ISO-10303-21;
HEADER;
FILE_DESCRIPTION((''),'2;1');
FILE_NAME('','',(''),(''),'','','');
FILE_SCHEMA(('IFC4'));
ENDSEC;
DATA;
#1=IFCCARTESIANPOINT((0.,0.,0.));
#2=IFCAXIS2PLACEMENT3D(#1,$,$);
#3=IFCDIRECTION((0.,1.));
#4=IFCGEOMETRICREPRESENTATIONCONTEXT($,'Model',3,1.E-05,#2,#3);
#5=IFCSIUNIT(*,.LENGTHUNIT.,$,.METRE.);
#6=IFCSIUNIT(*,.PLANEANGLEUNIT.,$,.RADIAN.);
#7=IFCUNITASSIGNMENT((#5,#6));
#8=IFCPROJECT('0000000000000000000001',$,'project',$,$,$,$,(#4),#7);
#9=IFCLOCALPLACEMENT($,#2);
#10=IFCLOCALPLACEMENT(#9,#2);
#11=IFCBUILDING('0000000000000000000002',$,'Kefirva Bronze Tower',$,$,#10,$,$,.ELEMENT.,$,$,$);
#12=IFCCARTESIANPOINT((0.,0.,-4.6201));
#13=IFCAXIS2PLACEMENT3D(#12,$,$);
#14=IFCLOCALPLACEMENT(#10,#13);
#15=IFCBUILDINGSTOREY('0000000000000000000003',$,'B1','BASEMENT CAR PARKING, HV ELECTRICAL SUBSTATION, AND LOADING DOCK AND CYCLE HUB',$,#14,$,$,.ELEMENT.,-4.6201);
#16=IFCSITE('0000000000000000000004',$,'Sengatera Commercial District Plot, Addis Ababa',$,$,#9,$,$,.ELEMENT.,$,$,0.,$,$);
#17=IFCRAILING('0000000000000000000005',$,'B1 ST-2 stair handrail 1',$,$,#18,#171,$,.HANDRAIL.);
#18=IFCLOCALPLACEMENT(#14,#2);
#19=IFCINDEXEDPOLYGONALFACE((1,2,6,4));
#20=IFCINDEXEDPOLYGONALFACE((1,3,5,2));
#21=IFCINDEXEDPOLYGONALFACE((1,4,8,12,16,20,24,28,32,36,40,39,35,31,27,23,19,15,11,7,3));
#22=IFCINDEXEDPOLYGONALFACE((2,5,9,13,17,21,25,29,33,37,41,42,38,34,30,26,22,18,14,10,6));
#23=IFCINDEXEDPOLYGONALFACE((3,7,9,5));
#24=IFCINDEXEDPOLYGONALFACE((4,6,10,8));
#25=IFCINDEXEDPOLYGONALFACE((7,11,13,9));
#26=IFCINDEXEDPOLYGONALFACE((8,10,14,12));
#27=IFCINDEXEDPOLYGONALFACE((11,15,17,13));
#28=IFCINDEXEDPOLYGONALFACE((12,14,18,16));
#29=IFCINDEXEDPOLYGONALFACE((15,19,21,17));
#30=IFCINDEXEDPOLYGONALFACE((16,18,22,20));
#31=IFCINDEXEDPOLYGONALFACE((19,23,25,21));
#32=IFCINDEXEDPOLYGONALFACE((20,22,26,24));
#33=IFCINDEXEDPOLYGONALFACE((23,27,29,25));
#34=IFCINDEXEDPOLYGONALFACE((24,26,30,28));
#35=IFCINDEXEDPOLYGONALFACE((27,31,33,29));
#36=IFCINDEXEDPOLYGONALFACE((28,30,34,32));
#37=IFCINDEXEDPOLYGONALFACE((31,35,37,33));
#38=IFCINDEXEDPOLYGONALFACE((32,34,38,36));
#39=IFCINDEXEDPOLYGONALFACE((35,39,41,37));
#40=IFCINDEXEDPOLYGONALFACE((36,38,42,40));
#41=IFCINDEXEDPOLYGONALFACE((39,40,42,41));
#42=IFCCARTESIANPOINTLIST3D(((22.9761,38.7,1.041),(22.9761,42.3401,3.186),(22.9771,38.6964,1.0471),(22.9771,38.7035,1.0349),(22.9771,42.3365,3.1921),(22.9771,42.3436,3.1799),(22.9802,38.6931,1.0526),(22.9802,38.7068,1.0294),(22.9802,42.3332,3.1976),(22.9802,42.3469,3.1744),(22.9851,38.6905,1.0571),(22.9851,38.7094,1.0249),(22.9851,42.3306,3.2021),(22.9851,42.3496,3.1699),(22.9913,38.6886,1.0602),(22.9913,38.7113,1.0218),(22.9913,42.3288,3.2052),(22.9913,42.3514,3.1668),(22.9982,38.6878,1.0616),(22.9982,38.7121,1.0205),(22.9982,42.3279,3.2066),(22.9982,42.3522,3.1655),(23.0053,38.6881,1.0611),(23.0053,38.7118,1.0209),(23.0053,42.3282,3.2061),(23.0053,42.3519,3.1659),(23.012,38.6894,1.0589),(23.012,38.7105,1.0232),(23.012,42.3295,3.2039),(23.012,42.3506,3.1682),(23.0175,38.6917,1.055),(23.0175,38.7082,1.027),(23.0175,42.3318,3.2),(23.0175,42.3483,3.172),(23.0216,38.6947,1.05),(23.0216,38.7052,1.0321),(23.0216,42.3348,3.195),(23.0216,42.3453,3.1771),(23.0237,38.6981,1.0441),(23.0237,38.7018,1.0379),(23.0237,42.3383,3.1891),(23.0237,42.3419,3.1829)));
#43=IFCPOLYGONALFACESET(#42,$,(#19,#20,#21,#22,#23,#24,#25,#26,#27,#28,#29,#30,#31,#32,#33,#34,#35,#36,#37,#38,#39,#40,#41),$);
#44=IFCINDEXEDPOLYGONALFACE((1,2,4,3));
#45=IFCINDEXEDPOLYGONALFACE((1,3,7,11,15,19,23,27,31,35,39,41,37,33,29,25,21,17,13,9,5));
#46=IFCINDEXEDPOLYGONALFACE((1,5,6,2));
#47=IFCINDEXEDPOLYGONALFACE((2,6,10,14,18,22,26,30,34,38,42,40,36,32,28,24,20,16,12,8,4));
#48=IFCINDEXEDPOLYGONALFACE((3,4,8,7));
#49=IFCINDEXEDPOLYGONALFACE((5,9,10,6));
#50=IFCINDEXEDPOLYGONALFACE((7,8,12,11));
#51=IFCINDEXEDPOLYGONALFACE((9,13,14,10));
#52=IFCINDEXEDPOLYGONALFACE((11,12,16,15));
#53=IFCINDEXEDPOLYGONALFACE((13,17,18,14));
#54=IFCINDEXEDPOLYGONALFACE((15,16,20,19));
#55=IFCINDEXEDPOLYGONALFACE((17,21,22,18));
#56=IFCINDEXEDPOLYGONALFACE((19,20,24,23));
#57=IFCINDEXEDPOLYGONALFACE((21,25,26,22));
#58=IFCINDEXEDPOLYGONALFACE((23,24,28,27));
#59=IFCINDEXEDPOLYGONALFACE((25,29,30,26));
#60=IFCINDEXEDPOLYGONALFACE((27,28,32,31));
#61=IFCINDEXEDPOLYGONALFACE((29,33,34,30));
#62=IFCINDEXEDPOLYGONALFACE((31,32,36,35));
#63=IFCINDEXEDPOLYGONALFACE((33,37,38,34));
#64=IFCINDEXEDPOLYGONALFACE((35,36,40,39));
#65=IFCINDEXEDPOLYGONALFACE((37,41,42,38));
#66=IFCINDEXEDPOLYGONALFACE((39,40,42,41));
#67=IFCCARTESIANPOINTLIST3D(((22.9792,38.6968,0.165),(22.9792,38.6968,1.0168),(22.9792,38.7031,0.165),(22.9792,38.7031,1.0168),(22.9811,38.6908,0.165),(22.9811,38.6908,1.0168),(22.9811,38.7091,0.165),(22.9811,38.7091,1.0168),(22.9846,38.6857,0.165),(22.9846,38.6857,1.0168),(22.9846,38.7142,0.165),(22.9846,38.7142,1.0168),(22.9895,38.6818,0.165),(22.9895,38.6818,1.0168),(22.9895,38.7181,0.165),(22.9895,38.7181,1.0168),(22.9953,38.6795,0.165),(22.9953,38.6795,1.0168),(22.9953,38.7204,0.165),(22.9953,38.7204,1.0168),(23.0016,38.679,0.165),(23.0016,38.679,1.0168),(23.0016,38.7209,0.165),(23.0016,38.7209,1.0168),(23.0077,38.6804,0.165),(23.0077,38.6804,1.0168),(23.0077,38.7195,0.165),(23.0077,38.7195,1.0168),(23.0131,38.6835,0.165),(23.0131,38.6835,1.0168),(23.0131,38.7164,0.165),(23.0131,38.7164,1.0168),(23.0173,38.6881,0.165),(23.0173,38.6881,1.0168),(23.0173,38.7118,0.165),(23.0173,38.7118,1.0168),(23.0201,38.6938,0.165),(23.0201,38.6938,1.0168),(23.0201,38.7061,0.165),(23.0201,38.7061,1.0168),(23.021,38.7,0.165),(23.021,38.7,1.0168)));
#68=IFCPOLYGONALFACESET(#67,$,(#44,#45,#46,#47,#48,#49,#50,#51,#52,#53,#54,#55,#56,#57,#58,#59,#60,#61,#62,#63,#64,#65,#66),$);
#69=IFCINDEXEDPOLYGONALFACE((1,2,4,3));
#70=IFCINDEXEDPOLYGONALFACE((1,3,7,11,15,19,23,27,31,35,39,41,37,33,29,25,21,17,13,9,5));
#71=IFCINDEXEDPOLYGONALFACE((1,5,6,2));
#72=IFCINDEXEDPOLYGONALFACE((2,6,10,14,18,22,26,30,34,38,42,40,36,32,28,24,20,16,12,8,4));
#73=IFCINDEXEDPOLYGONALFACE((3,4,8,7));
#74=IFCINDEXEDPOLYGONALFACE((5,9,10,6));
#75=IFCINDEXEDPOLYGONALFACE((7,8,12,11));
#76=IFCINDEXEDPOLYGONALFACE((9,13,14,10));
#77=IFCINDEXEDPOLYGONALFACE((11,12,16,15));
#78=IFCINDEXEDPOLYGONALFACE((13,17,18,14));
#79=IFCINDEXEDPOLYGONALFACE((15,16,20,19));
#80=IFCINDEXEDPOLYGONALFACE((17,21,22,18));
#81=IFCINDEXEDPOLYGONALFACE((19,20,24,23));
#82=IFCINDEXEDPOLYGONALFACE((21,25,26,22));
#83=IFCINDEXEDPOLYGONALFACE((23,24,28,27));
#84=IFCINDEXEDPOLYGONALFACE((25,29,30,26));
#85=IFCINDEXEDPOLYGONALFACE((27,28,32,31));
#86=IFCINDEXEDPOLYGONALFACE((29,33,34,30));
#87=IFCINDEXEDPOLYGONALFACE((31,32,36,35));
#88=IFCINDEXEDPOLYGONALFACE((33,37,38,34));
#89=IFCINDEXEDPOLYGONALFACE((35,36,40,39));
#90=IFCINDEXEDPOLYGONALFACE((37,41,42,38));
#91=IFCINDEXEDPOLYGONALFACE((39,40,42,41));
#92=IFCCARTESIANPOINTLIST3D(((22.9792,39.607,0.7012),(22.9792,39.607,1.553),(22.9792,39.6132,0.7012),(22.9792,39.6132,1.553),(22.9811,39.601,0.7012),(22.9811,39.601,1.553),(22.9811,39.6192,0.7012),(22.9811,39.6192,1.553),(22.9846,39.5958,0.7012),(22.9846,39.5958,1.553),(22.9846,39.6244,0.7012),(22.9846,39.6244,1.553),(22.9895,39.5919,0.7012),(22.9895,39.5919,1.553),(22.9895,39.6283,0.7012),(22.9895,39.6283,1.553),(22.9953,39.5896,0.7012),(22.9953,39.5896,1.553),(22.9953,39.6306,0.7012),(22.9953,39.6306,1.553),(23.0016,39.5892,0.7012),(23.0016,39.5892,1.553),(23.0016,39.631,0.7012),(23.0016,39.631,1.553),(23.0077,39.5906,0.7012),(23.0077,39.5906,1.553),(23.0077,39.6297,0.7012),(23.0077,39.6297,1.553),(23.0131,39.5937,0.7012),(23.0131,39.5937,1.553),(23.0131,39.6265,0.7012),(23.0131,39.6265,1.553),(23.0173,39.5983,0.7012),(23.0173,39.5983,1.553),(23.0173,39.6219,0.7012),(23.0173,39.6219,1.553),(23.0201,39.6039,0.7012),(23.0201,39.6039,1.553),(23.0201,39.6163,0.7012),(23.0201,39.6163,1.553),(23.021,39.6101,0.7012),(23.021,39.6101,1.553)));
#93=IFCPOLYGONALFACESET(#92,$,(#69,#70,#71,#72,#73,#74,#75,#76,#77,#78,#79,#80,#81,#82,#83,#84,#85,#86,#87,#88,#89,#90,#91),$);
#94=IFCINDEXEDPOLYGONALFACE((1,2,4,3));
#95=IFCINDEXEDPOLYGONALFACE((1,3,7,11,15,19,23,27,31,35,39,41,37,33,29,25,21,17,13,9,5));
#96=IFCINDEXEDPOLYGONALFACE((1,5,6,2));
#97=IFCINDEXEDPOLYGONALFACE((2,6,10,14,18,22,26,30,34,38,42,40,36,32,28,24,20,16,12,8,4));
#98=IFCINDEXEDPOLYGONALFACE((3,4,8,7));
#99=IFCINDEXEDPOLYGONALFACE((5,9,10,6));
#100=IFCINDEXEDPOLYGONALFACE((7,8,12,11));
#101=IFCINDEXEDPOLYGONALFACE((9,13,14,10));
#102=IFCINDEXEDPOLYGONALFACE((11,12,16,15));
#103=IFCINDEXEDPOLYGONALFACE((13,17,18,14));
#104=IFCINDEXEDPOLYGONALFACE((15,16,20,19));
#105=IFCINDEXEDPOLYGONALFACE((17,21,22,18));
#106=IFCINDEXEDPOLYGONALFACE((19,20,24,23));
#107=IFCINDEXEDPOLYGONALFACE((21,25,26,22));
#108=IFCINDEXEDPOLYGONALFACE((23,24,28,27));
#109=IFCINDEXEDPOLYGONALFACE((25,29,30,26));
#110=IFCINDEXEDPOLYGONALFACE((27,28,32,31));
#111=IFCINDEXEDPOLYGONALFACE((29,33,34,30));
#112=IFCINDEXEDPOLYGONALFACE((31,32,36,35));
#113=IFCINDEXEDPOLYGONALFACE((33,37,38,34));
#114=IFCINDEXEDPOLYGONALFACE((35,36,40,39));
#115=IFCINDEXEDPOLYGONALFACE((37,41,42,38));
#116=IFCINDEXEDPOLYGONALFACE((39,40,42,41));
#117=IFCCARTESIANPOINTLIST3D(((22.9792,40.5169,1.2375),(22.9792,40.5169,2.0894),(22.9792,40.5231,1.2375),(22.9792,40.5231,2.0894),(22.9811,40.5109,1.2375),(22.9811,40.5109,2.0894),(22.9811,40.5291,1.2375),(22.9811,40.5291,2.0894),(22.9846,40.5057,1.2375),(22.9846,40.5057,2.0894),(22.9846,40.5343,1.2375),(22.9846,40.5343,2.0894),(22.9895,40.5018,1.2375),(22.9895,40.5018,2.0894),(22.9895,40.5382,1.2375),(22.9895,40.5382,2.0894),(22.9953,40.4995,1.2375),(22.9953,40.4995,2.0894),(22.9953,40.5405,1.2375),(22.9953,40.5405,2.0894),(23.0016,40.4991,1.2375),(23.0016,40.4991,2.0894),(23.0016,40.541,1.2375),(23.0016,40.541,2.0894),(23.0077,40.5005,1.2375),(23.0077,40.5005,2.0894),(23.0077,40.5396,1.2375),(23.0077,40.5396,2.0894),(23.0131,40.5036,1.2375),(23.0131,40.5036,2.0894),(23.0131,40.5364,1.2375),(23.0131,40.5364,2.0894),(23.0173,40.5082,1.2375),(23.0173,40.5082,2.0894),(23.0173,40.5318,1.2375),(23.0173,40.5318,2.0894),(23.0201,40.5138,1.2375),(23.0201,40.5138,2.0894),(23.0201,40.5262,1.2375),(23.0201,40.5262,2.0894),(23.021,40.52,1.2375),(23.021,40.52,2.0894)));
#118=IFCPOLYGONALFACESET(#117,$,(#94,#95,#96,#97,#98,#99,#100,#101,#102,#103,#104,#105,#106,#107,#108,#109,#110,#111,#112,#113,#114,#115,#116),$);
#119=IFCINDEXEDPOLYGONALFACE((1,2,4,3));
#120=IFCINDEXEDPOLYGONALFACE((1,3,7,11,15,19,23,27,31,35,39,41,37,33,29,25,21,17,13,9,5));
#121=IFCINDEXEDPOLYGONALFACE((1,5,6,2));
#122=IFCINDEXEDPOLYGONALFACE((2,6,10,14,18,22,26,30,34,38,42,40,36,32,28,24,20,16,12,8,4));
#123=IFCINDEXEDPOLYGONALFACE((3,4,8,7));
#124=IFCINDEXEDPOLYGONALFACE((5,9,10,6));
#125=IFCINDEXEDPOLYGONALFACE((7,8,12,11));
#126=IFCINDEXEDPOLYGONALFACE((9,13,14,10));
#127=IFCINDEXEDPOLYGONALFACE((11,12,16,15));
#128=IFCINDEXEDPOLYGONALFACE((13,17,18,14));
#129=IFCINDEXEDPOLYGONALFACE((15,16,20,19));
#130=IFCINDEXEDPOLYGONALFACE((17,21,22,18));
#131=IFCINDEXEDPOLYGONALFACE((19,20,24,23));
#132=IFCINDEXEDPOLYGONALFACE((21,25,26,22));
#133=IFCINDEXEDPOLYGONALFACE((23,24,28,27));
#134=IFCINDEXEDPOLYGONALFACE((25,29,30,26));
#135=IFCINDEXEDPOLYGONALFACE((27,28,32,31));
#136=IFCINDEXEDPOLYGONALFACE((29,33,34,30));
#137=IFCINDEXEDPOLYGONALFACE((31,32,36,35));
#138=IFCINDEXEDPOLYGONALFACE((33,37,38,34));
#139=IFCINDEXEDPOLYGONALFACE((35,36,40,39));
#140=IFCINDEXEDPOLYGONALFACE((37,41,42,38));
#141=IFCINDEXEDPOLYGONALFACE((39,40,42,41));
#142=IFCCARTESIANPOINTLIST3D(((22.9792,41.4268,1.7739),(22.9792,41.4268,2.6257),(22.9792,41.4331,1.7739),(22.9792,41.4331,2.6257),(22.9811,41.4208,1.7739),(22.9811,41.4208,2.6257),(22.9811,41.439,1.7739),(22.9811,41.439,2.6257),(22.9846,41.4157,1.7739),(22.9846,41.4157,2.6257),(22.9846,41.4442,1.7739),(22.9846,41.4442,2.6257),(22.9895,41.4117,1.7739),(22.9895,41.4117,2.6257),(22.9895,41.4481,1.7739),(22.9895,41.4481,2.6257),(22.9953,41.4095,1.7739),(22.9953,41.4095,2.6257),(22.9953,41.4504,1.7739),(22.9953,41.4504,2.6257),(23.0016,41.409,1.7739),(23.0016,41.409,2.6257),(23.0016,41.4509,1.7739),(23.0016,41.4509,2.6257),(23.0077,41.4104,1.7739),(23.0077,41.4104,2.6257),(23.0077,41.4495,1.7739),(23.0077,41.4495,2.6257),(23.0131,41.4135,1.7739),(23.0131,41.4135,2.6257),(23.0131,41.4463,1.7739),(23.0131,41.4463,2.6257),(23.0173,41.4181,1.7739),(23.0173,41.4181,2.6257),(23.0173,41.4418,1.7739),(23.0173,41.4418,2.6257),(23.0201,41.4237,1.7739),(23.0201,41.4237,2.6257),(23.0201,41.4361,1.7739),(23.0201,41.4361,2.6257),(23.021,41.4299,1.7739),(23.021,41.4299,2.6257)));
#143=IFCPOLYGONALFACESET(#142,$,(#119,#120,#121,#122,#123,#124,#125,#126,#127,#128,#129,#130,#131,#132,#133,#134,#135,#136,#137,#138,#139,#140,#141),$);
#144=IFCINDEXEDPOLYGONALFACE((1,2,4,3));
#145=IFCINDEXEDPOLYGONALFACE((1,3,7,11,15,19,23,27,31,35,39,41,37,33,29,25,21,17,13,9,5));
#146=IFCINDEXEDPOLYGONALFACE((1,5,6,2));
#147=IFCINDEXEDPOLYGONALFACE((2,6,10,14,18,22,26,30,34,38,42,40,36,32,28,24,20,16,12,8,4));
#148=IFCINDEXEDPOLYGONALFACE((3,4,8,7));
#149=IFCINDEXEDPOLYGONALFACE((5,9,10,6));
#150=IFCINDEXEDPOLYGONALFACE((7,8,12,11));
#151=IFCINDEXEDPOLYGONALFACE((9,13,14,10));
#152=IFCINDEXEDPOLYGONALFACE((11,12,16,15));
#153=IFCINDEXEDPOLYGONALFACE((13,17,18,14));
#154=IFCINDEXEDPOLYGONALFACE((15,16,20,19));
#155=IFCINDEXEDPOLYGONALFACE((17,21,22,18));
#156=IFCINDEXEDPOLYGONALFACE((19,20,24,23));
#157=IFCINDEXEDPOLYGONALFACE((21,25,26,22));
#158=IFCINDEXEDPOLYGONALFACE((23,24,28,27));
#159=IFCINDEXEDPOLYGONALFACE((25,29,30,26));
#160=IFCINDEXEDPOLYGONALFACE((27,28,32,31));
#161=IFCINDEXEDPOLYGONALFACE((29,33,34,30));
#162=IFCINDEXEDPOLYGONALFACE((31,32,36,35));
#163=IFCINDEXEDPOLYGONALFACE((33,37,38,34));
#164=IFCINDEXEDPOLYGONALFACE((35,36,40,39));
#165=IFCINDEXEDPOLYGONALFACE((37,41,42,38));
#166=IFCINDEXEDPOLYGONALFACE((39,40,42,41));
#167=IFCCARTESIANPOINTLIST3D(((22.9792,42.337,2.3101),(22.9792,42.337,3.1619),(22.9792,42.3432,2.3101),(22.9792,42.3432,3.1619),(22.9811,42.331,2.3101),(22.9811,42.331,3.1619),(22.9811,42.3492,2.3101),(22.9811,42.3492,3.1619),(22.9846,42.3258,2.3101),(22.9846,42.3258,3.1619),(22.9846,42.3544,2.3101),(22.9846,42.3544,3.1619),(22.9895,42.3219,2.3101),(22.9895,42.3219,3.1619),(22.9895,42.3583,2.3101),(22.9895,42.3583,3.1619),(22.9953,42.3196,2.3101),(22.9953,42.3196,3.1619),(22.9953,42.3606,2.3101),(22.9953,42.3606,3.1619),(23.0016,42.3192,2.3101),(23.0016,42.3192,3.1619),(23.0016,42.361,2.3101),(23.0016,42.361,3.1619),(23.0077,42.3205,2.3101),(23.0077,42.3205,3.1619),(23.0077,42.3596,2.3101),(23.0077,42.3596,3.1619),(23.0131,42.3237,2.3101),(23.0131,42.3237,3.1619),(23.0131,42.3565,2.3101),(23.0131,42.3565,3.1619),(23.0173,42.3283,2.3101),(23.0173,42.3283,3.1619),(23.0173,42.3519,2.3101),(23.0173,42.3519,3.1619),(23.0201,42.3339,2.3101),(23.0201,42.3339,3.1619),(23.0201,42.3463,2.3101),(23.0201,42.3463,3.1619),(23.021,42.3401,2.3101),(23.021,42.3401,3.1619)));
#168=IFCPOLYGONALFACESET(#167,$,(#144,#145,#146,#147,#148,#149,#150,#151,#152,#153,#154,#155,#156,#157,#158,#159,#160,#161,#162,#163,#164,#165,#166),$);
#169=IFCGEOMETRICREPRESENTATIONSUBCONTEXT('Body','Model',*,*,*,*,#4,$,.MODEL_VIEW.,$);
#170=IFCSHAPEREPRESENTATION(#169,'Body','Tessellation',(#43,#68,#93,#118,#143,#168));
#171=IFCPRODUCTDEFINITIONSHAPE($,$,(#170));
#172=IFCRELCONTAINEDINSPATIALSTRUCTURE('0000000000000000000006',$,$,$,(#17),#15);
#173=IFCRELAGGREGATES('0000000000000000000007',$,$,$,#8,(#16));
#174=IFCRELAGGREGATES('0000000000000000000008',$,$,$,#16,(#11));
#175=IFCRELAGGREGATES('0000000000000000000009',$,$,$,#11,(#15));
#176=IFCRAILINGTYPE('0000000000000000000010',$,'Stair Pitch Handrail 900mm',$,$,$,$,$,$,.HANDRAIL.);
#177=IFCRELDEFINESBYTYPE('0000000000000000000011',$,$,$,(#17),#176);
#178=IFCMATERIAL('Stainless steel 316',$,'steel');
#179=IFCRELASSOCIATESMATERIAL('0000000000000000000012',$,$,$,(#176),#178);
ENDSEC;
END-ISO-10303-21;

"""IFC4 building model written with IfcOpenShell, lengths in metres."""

from ifc_helpers import new_model, si_unit, direction, frame, origin, origin_2d, place, context, subcontext, project, spatial, circle, extrude, material, type_object, element, save


model = new_model("IFC4")

# Units and contexts
model_context = context("Model", 3, precision=1e-05, world=origin(), true_north=direction((0.0, 1.0)))
body_context = subcontext(model_context, "Body", "Model", "MODEL_VIEW")
ifc_project = project(units=[si_unit("LENGTHUNIT", "METRE"), si_unit("PLANEANGLEUNIT", "RADIAN")], contexts=[model_context])

# Site, building, storey
site_placement = place(None, origin())
site = spatial("IfcSite", under=ifc_project, at=site_placement, Name="Sengatera Commercial District Plot, Addis Ababa", CompositionType="ELEMENT", RefElevation=0.0)
building_placement = place(site_placement, origin())
building = spatial("IfcBuilding", under=site, at=building_placement, Name="Kefirva Bronze Tower", CompositionType="ELEMENT")
storey_placement = place(building_placement, frame((0.0, 0.0, -4.6201)))
storey = spatial("IfcBuildingStorey", under=building, at=storey_placement, Name="B1", Description="BASEMENT CAR PARKING, HV ELECTRICAL SUBSTATION, AND LOADING DOCK AND CYCLE HUB", CompositionType="ELEMENT", Elevation=-4.6201)

# Railing
ifc_material_1 = material(Name="Stainless steel 316", Category="steel")
railing_type_1 = type_object("IfcRailingType", Name="Stair Pitch Handrail 900mm", PredefinedType="HANDRAIL", material=ifc_material_1)
railing_1_placement = place(storey_placement, frame((23.0, 38.7, 0.165)))
element("IfcRailing", 1, at=railing_1_placement, inside=storey, type_object=railing_type_1, Name="B1 ST-2 stair handrail 1", PredefinedType="HANDRAIL", context=body_context, shape_type="SweptSolid", body=[
    extrude(circle(Radius=0.0239, at=origin_2d()), frame((0.0, 0.0, 0.876), z_axis=(0.0, 0.861545, 0.507682), x_axis=(-1.0, 0.0, 0.0)), (0.0, 0.0, 1.0), 4.2251),
    extrude(circle(Radius=0.021, at=origin_2d()), origin(), (0.0, 0.0, 1.0), 0.8518),
    extrude(circle(Radius=0.021, at=origin_2d()), frame((0.0, 0.9102, 0.5361)), (0.0, 0.0, 1.0), 0.8518),
    extrude(circle(Radius=0.021, at=origin_2d()), frame((0.0, 1.8201, 1.0725)), (0.0, 0.0, 1.0), 0.8518),
    extrude(circle(Radius=0.021, at=origin_2d()), frame((0.0, 2.73, 1.6089)), (0.0, 0.0, 1.0), 0.8518),
    extrude(circle(Radius=0.021, at=origin_2d()), frame((0.0, 3.6401, 2.145)), (0.0, 0.0, 1.0), 0.8518),
])

save(model, "model.ifc")
